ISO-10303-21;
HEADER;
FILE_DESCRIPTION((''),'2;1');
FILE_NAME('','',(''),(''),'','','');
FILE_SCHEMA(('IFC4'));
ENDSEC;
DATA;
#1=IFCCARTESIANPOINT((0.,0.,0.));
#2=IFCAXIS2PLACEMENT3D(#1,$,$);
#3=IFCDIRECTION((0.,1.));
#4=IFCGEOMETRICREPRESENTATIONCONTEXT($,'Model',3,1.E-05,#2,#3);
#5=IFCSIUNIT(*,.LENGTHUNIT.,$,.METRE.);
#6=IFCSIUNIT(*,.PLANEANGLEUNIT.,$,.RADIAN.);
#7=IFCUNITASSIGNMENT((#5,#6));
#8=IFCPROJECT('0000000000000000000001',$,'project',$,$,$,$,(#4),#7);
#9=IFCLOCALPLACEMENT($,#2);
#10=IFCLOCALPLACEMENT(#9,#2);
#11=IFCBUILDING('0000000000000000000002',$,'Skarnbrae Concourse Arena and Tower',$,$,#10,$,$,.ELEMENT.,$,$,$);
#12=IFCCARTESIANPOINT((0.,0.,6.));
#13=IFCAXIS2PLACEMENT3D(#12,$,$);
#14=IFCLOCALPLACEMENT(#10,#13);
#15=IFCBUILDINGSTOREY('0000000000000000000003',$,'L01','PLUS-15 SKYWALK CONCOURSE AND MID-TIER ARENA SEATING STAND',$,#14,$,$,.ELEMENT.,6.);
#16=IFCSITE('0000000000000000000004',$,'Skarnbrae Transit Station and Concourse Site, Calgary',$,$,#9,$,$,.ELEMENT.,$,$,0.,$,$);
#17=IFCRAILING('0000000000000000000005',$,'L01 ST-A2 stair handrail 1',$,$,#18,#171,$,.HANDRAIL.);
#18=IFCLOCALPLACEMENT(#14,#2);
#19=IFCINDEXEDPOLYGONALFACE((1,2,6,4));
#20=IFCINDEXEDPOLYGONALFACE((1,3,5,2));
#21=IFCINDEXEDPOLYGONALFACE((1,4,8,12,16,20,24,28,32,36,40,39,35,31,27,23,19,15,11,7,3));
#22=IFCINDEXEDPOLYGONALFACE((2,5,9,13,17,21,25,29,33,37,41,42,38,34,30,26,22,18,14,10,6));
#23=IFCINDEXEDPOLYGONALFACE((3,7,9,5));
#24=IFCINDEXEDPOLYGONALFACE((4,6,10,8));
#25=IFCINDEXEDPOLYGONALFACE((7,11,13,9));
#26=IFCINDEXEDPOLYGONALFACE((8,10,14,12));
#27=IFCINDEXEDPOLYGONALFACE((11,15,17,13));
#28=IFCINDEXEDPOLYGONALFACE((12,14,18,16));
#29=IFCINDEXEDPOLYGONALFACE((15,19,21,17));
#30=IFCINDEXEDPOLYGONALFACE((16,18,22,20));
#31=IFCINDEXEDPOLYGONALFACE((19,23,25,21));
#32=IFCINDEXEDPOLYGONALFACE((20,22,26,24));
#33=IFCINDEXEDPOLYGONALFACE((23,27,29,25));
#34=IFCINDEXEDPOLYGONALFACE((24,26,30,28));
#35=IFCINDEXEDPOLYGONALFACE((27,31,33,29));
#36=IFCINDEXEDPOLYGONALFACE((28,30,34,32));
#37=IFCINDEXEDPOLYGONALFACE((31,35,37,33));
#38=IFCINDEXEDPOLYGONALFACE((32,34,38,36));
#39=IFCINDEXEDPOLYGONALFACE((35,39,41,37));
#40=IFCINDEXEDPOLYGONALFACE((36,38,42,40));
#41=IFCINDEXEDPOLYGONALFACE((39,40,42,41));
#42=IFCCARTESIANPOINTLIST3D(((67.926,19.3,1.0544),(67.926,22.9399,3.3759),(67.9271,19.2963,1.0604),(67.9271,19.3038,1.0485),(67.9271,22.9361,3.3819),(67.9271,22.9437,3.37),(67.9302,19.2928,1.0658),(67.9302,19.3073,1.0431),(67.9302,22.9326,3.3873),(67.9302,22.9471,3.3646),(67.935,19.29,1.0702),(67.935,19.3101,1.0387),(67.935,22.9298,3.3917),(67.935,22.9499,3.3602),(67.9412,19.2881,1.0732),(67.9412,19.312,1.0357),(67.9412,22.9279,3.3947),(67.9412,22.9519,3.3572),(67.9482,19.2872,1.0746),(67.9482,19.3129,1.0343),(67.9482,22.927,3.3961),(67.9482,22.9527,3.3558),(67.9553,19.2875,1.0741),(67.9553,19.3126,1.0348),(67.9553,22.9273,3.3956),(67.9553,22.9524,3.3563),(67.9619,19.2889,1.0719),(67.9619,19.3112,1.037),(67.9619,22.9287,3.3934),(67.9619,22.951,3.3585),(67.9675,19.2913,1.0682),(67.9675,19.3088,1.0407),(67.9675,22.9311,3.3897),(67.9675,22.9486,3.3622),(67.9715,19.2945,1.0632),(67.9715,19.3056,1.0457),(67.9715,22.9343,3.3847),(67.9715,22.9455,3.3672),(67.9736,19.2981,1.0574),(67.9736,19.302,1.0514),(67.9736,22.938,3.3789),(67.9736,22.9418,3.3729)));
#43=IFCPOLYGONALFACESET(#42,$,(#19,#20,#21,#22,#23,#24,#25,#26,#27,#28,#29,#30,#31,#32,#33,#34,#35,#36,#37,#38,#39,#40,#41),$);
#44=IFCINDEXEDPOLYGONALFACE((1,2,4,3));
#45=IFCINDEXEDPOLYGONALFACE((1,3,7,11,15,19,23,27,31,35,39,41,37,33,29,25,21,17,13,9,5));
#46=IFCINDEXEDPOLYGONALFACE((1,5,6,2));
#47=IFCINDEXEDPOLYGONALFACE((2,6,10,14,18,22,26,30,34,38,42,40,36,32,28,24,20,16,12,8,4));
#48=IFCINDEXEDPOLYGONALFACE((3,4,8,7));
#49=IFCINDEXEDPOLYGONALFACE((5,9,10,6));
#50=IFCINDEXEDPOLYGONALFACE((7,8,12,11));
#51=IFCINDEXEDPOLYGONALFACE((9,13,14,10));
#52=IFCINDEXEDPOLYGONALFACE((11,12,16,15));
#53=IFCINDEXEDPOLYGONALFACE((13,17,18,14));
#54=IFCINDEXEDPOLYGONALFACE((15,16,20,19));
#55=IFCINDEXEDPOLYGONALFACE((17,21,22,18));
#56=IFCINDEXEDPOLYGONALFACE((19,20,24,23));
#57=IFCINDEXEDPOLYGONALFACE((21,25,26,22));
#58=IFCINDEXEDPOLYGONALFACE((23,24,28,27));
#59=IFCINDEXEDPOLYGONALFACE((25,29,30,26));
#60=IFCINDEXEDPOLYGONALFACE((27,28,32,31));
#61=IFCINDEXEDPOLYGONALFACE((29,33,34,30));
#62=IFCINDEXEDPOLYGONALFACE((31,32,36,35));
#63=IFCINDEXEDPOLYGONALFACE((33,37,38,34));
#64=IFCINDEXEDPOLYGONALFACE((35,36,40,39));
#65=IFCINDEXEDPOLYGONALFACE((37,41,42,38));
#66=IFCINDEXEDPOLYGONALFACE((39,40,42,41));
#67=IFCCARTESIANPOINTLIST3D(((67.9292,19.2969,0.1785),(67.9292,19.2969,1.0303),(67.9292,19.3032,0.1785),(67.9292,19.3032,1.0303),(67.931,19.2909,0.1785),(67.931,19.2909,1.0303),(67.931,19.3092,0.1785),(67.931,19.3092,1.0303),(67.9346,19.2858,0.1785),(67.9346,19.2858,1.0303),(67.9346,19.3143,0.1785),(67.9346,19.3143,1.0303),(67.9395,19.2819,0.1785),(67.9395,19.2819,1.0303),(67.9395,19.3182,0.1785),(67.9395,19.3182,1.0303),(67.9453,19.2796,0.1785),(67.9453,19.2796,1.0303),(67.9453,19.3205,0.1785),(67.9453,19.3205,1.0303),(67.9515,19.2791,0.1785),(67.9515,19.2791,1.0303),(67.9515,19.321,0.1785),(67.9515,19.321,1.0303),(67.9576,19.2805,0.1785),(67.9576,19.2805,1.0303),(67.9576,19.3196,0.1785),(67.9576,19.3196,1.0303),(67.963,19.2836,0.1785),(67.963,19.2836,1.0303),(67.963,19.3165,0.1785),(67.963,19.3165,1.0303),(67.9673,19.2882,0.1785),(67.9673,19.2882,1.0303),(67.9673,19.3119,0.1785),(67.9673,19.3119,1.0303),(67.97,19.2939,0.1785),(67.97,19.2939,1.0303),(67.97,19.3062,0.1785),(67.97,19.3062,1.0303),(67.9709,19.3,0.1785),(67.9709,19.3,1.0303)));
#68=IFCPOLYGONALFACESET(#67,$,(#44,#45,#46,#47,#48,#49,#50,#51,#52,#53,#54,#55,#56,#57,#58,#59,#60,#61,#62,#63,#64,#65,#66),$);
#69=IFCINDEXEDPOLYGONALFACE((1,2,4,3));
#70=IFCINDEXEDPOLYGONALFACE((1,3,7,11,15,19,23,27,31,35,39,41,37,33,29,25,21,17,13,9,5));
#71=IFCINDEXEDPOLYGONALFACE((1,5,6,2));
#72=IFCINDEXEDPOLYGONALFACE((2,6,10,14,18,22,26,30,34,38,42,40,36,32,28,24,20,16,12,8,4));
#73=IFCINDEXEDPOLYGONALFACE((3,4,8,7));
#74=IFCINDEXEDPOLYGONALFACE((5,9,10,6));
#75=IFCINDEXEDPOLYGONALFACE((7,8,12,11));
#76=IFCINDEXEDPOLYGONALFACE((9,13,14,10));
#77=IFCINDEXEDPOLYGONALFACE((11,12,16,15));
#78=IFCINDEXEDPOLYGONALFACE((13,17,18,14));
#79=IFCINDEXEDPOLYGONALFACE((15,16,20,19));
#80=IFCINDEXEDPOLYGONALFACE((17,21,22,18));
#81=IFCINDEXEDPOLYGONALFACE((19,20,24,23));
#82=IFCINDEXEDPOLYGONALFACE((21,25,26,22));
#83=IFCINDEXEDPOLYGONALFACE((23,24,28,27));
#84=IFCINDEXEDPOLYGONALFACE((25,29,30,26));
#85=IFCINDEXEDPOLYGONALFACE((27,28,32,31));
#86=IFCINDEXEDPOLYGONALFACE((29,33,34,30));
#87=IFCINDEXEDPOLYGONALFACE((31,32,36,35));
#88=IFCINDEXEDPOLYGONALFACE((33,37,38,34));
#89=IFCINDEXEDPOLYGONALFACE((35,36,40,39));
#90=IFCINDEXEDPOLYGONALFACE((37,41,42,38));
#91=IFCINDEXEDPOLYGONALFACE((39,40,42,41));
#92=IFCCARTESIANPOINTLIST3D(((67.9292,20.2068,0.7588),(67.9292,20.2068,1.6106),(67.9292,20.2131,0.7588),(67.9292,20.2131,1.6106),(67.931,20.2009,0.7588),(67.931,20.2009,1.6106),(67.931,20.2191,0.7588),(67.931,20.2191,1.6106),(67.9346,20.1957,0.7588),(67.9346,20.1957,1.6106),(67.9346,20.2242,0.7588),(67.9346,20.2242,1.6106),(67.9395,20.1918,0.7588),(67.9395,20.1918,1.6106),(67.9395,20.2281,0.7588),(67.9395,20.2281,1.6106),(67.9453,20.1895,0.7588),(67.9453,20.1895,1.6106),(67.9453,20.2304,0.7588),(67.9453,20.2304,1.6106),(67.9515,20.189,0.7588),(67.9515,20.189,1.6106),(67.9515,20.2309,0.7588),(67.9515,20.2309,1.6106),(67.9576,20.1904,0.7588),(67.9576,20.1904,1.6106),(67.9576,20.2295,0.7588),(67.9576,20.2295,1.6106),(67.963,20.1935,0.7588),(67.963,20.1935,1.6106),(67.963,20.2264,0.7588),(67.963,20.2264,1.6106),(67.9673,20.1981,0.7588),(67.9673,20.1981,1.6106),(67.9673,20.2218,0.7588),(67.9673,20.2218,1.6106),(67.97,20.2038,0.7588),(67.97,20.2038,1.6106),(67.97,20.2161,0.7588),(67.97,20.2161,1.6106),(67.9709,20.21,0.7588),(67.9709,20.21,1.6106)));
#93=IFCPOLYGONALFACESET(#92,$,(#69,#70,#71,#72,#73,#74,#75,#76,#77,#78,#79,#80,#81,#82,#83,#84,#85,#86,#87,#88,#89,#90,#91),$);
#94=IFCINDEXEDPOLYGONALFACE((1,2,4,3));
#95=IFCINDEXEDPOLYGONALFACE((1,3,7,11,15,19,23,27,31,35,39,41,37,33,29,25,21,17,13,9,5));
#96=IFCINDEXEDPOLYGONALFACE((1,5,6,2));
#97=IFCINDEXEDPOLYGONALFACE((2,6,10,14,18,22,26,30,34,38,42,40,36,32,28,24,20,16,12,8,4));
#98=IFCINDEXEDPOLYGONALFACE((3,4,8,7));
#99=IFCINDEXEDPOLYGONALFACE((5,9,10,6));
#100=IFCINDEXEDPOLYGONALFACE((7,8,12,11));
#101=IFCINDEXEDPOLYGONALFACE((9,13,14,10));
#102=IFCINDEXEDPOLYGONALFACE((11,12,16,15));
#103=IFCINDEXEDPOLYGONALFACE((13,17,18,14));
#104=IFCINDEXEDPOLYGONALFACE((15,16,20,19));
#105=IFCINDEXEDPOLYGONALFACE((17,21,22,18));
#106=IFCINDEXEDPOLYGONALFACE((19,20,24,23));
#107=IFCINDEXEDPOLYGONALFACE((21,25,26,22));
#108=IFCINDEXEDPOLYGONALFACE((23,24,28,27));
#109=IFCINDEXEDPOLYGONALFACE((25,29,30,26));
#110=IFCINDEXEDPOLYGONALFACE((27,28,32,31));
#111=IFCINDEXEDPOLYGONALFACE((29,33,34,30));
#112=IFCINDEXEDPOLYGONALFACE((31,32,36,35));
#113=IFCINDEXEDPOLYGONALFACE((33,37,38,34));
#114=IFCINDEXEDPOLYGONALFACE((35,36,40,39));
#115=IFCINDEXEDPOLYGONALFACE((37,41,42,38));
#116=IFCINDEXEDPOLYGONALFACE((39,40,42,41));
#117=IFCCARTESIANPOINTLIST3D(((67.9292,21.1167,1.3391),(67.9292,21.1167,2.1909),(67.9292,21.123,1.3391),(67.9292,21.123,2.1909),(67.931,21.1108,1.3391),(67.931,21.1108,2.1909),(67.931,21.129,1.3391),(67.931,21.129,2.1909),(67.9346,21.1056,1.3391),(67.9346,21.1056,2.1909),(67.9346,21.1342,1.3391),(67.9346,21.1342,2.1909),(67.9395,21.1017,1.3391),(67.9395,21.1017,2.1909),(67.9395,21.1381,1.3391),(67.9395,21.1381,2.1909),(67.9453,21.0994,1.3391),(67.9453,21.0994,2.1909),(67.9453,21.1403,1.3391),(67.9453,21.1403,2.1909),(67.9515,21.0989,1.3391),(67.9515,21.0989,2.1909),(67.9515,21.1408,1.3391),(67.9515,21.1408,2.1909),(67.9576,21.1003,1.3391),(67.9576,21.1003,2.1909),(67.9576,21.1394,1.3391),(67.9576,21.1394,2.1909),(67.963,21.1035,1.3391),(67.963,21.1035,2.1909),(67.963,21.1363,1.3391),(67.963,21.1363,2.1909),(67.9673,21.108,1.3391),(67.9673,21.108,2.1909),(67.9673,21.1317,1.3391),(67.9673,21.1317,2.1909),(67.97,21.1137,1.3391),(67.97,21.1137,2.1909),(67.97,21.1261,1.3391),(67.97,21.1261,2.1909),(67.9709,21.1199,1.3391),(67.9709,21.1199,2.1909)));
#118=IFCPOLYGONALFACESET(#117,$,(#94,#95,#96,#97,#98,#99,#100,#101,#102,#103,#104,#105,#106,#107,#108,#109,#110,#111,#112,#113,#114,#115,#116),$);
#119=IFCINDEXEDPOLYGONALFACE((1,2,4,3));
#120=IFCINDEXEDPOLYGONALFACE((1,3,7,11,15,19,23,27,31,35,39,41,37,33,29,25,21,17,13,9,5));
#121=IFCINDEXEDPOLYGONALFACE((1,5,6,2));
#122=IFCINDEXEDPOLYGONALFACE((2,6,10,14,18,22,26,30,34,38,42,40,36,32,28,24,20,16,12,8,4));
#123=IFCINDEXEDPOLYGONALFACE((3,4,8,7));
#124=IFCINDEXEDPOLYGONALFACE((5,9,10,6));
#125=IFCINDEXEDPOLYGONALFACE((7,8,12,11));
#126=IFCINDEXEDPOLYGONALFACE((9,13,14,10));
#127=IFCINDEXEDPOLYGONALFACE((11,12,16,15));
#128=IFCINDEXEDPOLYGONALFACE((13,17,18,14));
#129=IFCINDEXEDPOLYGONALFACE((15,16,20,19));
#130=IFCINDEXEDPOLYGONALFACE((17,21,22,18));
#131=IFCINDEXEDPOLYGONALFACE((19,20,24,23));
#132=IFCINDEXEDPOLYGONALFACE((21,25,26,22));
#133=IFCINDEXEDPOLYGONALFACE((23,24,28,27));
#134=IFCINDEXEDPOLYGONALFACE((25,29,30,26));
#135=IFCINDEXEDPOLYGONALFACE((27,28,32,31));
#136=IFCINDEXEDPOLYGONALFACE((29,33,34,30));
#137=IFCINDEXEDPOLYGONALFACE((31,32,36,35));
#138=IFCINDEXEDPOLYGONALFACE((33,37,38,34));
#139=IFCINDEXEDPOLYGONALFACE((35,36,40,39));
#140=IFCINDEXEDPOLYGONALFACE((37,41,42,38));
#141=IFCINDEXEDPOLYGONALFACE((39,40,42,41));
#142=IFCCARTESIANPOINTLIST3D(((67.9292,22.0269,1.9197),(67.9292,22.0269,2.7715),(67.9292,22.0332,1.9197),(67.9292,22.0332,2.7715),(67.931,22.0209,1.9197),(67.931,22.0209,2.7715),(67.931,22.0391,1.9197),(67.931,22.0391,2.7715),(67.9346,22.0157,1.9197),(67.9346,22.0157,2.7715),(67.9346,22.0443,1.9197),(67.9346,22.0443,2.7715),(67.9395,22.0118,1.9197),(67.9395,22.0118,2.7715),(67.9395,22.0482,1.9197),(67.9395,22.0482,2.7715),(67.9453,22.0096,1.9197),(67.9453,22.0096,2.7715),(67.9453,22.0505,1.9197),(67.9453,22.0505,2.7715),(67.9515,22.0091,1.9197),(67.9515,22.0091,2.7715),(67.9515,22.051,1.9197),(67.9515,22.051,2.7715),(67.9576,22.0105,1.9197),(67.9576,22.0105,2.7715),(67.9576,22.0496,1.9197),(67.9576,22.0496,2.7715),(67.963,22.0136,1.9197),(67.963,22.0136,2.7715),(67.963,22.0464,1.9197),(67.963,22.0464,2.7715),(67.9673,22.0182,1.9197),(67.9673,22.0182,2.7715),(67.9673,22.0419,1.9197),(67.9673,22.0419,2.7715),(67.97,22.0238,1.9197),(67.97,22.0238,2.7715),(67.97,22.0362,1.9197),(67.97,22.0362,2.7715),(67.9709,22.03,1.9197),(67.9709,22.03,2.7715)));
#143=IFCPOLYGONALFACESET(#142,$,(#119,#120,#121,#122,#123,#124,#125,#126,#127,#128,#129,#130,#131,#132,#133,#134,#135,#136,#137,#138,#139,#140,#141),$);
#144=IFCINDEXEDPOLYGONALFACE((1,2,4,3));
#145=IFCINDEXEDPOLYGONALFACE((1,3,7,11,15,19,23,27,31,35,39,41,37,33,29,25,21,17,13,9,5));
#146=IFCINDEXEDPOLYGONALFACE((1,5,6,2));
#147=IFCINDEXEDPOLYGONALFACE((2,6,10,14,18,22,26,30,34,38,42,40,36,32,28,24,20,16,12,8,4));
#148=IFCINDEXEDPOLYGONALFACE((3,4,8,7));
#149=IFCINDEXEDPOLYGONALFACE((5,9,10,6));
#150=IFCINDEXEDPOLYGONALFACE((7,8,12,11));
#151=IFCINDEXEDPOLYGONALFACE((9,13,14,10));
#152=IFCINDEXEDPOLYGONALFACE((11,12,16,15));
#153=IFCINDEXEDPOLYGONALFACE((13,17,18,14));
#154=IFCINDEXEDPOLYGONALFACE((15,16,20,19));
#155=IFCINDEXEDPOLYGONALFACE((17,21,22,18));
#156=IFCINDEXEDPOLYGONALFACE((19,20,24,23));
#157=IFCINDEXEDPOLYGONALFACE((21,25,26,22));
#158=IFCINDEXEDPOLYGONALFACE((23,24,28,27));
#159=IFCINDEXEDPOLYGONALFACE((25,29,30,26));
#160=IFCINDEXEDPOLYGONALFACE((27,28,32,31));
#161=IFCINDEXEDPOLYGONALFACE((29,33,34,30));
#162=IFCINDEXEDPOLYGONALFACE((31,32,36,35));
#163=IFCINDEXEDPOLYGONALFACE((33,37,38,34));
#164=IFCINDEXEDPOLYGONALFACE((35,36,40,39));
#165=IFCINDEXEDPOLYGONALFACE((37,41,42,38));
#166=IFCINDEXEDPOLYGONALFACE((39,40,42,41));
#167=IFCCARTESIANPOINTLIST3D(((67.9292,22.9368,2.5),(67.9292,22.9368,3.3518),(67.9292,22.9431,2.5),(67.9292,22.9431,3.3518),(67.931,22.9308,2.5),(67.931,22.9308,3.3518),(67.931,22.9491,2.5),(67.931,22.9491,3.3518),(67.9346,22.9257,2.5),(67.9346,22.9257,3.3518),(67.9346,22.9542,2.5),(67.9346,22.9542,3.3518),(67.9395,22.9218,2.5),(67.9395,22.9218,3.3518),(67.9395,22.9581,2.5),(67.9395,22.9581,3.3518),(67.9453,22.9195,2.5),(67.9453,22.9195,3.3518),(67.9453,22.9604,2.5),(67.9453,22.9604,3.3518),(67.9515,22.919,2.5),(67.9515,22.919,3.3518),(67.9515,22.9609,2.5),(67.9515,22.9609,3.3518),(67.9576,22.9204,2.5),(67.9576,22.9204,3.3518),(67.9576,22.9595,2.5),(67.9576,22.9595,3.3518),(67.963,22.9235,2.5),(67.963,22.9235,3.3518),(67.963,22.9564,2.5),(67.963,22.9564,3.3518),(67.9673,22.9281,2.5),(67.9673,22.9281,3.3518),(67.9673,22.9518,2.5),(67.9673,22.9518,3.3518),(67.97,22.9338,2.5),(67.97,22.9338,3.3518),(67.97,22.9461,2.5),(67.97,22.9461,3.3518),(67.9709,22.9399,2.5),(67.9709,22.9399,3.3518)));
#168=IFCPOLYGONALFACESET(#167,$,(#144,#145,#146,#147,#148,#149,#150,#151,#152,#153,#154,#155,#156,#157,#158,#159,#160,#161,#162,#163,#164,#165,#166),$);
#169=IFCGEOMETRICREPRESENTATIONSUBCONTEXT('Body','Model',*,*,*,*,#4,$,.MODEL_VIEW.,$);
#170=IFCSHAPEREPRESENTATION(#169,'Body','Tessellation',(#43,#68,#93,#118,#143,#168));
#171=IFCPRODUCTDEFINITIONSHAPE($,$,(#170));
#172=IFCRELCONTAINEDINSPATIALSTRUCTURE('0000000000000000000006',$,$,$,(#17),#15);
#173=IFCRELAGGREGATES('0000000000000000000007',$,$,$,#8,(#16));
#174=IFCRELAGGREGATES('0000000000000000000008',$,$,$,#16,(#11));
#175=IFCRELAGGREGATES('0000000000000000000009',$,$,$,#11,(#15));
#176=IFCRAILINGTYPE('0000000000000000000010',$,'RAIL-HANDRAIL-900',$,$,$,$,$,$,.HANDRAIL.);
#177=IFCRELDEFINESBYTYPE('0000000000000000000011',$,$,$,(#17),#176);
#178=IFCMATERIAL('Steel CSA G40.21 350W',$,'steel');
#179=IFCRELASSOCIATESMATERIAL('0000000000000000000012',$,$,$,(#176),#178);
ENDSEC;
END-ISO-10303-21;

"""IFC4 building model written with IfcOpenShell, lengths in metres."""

from ifc_helpers import new_model, si_unit, direction, frame, origin, origin_2d, place, context, subcontext, project, spatial, circle, extrude, material, type_object, element, save


model = new_model("IFC4")

# Units and contexts
model_context = context("Model", 3, precision=1e-05, world=origin(), true_north=direction((0.0, 1.0)))
body_context = subcontext(model_context, "Body", "Model", "MODEL_VIEW")
ifc_project = project(units=[si_unit("LENGTHUNIT", "METRE"), si_unit("PLANEANGLEUNIT", "RADIAN")], contexts=[model_context])

# Site, building, storey
site_placement = place(None, origin())
site = spatial("IfcSite", under=ifc_project, at=site_placement, Name="Skarnbrae Transit Station and Concourse Site, Calgary", CompositionType="ELEMENT", RefElevation=0.0)
building_placement = place(site_placement, origin())
building = spatial("IfcBuilding", under=site, at=building_placement, Name="Skarnbrae Concourse Arena and Tower", CompositionType="ELEMENT")
storey_placement = place(building_placement, frame((0.0, 0.0, 6.0)))
storey = spatial("IfcBuildingStorey", under=building, at=storey_placement, Name="L01", Description="PLUS-15 SKYWALK CONCOURSE AND MID-TIER ARENA SEATING STAND", CompositionType="ELEMENT", Elevation=6.0)

# Shared definitions
ifc_material_1 = material(Name="Steel CSA G40.21 350W", Category="steel")

# Railing
railing_type_1 = type_object("IfcRailingType", Name="RAIL-HANDRAIL-900", PredefinedType="HANDRAIL", material=ifc_material_1)
railing_1_placement = place(storey_placement, frame((67.95, 19.3, 0.1785)))
element("IfcRailing", 1, at=railing_1_placement, inside=storey, type_object=railing_type_1, Name="L01 ST-A2 stair handrail 1", PredefinedType="HANDRAIL", context=body_context, shape_type="SweptSolid", body=[
    extrude(circle(Radius=0.0239, at=origin_2d()), frame((0.0, 0.0, 0.876), z_axis=(0.0, 0.843112, 0.537739), x_axis=(-1.0, 0.0, 0.0)), (0.0, 0.0, 1.0), 4.3171),
    extrude(circle(Radius=0.021, at=origin_2d()), origin(), (0.0, 0.0, 1.0), 0.8518),
    extrude(circle(Radius=0.021, at=origin_2d()), frame((0.0, 0.9099, 0.5803)), (0.0, 0.0, 1.0), 0.8518),
    extrude(circle(Radius=0.021, at=origin_2d()), frame((0.0, 1.8198, 1.1606)), (0.0, 0.0, 1.0), 0.8518),
    extrude(circle(Radius=0.021, at=origin_2d()), frame((0.0, 2.73, 1.7412)), (0.0, 0.0, 1.0), 0.8518),
    extrude(circle(Radius=0.021, at=origin_2d()), frame((0.0, 3.6399, 2.3215)), (0.0, 0.0, 1.0), 0.8518),
])

save(model, "model.ifc")
